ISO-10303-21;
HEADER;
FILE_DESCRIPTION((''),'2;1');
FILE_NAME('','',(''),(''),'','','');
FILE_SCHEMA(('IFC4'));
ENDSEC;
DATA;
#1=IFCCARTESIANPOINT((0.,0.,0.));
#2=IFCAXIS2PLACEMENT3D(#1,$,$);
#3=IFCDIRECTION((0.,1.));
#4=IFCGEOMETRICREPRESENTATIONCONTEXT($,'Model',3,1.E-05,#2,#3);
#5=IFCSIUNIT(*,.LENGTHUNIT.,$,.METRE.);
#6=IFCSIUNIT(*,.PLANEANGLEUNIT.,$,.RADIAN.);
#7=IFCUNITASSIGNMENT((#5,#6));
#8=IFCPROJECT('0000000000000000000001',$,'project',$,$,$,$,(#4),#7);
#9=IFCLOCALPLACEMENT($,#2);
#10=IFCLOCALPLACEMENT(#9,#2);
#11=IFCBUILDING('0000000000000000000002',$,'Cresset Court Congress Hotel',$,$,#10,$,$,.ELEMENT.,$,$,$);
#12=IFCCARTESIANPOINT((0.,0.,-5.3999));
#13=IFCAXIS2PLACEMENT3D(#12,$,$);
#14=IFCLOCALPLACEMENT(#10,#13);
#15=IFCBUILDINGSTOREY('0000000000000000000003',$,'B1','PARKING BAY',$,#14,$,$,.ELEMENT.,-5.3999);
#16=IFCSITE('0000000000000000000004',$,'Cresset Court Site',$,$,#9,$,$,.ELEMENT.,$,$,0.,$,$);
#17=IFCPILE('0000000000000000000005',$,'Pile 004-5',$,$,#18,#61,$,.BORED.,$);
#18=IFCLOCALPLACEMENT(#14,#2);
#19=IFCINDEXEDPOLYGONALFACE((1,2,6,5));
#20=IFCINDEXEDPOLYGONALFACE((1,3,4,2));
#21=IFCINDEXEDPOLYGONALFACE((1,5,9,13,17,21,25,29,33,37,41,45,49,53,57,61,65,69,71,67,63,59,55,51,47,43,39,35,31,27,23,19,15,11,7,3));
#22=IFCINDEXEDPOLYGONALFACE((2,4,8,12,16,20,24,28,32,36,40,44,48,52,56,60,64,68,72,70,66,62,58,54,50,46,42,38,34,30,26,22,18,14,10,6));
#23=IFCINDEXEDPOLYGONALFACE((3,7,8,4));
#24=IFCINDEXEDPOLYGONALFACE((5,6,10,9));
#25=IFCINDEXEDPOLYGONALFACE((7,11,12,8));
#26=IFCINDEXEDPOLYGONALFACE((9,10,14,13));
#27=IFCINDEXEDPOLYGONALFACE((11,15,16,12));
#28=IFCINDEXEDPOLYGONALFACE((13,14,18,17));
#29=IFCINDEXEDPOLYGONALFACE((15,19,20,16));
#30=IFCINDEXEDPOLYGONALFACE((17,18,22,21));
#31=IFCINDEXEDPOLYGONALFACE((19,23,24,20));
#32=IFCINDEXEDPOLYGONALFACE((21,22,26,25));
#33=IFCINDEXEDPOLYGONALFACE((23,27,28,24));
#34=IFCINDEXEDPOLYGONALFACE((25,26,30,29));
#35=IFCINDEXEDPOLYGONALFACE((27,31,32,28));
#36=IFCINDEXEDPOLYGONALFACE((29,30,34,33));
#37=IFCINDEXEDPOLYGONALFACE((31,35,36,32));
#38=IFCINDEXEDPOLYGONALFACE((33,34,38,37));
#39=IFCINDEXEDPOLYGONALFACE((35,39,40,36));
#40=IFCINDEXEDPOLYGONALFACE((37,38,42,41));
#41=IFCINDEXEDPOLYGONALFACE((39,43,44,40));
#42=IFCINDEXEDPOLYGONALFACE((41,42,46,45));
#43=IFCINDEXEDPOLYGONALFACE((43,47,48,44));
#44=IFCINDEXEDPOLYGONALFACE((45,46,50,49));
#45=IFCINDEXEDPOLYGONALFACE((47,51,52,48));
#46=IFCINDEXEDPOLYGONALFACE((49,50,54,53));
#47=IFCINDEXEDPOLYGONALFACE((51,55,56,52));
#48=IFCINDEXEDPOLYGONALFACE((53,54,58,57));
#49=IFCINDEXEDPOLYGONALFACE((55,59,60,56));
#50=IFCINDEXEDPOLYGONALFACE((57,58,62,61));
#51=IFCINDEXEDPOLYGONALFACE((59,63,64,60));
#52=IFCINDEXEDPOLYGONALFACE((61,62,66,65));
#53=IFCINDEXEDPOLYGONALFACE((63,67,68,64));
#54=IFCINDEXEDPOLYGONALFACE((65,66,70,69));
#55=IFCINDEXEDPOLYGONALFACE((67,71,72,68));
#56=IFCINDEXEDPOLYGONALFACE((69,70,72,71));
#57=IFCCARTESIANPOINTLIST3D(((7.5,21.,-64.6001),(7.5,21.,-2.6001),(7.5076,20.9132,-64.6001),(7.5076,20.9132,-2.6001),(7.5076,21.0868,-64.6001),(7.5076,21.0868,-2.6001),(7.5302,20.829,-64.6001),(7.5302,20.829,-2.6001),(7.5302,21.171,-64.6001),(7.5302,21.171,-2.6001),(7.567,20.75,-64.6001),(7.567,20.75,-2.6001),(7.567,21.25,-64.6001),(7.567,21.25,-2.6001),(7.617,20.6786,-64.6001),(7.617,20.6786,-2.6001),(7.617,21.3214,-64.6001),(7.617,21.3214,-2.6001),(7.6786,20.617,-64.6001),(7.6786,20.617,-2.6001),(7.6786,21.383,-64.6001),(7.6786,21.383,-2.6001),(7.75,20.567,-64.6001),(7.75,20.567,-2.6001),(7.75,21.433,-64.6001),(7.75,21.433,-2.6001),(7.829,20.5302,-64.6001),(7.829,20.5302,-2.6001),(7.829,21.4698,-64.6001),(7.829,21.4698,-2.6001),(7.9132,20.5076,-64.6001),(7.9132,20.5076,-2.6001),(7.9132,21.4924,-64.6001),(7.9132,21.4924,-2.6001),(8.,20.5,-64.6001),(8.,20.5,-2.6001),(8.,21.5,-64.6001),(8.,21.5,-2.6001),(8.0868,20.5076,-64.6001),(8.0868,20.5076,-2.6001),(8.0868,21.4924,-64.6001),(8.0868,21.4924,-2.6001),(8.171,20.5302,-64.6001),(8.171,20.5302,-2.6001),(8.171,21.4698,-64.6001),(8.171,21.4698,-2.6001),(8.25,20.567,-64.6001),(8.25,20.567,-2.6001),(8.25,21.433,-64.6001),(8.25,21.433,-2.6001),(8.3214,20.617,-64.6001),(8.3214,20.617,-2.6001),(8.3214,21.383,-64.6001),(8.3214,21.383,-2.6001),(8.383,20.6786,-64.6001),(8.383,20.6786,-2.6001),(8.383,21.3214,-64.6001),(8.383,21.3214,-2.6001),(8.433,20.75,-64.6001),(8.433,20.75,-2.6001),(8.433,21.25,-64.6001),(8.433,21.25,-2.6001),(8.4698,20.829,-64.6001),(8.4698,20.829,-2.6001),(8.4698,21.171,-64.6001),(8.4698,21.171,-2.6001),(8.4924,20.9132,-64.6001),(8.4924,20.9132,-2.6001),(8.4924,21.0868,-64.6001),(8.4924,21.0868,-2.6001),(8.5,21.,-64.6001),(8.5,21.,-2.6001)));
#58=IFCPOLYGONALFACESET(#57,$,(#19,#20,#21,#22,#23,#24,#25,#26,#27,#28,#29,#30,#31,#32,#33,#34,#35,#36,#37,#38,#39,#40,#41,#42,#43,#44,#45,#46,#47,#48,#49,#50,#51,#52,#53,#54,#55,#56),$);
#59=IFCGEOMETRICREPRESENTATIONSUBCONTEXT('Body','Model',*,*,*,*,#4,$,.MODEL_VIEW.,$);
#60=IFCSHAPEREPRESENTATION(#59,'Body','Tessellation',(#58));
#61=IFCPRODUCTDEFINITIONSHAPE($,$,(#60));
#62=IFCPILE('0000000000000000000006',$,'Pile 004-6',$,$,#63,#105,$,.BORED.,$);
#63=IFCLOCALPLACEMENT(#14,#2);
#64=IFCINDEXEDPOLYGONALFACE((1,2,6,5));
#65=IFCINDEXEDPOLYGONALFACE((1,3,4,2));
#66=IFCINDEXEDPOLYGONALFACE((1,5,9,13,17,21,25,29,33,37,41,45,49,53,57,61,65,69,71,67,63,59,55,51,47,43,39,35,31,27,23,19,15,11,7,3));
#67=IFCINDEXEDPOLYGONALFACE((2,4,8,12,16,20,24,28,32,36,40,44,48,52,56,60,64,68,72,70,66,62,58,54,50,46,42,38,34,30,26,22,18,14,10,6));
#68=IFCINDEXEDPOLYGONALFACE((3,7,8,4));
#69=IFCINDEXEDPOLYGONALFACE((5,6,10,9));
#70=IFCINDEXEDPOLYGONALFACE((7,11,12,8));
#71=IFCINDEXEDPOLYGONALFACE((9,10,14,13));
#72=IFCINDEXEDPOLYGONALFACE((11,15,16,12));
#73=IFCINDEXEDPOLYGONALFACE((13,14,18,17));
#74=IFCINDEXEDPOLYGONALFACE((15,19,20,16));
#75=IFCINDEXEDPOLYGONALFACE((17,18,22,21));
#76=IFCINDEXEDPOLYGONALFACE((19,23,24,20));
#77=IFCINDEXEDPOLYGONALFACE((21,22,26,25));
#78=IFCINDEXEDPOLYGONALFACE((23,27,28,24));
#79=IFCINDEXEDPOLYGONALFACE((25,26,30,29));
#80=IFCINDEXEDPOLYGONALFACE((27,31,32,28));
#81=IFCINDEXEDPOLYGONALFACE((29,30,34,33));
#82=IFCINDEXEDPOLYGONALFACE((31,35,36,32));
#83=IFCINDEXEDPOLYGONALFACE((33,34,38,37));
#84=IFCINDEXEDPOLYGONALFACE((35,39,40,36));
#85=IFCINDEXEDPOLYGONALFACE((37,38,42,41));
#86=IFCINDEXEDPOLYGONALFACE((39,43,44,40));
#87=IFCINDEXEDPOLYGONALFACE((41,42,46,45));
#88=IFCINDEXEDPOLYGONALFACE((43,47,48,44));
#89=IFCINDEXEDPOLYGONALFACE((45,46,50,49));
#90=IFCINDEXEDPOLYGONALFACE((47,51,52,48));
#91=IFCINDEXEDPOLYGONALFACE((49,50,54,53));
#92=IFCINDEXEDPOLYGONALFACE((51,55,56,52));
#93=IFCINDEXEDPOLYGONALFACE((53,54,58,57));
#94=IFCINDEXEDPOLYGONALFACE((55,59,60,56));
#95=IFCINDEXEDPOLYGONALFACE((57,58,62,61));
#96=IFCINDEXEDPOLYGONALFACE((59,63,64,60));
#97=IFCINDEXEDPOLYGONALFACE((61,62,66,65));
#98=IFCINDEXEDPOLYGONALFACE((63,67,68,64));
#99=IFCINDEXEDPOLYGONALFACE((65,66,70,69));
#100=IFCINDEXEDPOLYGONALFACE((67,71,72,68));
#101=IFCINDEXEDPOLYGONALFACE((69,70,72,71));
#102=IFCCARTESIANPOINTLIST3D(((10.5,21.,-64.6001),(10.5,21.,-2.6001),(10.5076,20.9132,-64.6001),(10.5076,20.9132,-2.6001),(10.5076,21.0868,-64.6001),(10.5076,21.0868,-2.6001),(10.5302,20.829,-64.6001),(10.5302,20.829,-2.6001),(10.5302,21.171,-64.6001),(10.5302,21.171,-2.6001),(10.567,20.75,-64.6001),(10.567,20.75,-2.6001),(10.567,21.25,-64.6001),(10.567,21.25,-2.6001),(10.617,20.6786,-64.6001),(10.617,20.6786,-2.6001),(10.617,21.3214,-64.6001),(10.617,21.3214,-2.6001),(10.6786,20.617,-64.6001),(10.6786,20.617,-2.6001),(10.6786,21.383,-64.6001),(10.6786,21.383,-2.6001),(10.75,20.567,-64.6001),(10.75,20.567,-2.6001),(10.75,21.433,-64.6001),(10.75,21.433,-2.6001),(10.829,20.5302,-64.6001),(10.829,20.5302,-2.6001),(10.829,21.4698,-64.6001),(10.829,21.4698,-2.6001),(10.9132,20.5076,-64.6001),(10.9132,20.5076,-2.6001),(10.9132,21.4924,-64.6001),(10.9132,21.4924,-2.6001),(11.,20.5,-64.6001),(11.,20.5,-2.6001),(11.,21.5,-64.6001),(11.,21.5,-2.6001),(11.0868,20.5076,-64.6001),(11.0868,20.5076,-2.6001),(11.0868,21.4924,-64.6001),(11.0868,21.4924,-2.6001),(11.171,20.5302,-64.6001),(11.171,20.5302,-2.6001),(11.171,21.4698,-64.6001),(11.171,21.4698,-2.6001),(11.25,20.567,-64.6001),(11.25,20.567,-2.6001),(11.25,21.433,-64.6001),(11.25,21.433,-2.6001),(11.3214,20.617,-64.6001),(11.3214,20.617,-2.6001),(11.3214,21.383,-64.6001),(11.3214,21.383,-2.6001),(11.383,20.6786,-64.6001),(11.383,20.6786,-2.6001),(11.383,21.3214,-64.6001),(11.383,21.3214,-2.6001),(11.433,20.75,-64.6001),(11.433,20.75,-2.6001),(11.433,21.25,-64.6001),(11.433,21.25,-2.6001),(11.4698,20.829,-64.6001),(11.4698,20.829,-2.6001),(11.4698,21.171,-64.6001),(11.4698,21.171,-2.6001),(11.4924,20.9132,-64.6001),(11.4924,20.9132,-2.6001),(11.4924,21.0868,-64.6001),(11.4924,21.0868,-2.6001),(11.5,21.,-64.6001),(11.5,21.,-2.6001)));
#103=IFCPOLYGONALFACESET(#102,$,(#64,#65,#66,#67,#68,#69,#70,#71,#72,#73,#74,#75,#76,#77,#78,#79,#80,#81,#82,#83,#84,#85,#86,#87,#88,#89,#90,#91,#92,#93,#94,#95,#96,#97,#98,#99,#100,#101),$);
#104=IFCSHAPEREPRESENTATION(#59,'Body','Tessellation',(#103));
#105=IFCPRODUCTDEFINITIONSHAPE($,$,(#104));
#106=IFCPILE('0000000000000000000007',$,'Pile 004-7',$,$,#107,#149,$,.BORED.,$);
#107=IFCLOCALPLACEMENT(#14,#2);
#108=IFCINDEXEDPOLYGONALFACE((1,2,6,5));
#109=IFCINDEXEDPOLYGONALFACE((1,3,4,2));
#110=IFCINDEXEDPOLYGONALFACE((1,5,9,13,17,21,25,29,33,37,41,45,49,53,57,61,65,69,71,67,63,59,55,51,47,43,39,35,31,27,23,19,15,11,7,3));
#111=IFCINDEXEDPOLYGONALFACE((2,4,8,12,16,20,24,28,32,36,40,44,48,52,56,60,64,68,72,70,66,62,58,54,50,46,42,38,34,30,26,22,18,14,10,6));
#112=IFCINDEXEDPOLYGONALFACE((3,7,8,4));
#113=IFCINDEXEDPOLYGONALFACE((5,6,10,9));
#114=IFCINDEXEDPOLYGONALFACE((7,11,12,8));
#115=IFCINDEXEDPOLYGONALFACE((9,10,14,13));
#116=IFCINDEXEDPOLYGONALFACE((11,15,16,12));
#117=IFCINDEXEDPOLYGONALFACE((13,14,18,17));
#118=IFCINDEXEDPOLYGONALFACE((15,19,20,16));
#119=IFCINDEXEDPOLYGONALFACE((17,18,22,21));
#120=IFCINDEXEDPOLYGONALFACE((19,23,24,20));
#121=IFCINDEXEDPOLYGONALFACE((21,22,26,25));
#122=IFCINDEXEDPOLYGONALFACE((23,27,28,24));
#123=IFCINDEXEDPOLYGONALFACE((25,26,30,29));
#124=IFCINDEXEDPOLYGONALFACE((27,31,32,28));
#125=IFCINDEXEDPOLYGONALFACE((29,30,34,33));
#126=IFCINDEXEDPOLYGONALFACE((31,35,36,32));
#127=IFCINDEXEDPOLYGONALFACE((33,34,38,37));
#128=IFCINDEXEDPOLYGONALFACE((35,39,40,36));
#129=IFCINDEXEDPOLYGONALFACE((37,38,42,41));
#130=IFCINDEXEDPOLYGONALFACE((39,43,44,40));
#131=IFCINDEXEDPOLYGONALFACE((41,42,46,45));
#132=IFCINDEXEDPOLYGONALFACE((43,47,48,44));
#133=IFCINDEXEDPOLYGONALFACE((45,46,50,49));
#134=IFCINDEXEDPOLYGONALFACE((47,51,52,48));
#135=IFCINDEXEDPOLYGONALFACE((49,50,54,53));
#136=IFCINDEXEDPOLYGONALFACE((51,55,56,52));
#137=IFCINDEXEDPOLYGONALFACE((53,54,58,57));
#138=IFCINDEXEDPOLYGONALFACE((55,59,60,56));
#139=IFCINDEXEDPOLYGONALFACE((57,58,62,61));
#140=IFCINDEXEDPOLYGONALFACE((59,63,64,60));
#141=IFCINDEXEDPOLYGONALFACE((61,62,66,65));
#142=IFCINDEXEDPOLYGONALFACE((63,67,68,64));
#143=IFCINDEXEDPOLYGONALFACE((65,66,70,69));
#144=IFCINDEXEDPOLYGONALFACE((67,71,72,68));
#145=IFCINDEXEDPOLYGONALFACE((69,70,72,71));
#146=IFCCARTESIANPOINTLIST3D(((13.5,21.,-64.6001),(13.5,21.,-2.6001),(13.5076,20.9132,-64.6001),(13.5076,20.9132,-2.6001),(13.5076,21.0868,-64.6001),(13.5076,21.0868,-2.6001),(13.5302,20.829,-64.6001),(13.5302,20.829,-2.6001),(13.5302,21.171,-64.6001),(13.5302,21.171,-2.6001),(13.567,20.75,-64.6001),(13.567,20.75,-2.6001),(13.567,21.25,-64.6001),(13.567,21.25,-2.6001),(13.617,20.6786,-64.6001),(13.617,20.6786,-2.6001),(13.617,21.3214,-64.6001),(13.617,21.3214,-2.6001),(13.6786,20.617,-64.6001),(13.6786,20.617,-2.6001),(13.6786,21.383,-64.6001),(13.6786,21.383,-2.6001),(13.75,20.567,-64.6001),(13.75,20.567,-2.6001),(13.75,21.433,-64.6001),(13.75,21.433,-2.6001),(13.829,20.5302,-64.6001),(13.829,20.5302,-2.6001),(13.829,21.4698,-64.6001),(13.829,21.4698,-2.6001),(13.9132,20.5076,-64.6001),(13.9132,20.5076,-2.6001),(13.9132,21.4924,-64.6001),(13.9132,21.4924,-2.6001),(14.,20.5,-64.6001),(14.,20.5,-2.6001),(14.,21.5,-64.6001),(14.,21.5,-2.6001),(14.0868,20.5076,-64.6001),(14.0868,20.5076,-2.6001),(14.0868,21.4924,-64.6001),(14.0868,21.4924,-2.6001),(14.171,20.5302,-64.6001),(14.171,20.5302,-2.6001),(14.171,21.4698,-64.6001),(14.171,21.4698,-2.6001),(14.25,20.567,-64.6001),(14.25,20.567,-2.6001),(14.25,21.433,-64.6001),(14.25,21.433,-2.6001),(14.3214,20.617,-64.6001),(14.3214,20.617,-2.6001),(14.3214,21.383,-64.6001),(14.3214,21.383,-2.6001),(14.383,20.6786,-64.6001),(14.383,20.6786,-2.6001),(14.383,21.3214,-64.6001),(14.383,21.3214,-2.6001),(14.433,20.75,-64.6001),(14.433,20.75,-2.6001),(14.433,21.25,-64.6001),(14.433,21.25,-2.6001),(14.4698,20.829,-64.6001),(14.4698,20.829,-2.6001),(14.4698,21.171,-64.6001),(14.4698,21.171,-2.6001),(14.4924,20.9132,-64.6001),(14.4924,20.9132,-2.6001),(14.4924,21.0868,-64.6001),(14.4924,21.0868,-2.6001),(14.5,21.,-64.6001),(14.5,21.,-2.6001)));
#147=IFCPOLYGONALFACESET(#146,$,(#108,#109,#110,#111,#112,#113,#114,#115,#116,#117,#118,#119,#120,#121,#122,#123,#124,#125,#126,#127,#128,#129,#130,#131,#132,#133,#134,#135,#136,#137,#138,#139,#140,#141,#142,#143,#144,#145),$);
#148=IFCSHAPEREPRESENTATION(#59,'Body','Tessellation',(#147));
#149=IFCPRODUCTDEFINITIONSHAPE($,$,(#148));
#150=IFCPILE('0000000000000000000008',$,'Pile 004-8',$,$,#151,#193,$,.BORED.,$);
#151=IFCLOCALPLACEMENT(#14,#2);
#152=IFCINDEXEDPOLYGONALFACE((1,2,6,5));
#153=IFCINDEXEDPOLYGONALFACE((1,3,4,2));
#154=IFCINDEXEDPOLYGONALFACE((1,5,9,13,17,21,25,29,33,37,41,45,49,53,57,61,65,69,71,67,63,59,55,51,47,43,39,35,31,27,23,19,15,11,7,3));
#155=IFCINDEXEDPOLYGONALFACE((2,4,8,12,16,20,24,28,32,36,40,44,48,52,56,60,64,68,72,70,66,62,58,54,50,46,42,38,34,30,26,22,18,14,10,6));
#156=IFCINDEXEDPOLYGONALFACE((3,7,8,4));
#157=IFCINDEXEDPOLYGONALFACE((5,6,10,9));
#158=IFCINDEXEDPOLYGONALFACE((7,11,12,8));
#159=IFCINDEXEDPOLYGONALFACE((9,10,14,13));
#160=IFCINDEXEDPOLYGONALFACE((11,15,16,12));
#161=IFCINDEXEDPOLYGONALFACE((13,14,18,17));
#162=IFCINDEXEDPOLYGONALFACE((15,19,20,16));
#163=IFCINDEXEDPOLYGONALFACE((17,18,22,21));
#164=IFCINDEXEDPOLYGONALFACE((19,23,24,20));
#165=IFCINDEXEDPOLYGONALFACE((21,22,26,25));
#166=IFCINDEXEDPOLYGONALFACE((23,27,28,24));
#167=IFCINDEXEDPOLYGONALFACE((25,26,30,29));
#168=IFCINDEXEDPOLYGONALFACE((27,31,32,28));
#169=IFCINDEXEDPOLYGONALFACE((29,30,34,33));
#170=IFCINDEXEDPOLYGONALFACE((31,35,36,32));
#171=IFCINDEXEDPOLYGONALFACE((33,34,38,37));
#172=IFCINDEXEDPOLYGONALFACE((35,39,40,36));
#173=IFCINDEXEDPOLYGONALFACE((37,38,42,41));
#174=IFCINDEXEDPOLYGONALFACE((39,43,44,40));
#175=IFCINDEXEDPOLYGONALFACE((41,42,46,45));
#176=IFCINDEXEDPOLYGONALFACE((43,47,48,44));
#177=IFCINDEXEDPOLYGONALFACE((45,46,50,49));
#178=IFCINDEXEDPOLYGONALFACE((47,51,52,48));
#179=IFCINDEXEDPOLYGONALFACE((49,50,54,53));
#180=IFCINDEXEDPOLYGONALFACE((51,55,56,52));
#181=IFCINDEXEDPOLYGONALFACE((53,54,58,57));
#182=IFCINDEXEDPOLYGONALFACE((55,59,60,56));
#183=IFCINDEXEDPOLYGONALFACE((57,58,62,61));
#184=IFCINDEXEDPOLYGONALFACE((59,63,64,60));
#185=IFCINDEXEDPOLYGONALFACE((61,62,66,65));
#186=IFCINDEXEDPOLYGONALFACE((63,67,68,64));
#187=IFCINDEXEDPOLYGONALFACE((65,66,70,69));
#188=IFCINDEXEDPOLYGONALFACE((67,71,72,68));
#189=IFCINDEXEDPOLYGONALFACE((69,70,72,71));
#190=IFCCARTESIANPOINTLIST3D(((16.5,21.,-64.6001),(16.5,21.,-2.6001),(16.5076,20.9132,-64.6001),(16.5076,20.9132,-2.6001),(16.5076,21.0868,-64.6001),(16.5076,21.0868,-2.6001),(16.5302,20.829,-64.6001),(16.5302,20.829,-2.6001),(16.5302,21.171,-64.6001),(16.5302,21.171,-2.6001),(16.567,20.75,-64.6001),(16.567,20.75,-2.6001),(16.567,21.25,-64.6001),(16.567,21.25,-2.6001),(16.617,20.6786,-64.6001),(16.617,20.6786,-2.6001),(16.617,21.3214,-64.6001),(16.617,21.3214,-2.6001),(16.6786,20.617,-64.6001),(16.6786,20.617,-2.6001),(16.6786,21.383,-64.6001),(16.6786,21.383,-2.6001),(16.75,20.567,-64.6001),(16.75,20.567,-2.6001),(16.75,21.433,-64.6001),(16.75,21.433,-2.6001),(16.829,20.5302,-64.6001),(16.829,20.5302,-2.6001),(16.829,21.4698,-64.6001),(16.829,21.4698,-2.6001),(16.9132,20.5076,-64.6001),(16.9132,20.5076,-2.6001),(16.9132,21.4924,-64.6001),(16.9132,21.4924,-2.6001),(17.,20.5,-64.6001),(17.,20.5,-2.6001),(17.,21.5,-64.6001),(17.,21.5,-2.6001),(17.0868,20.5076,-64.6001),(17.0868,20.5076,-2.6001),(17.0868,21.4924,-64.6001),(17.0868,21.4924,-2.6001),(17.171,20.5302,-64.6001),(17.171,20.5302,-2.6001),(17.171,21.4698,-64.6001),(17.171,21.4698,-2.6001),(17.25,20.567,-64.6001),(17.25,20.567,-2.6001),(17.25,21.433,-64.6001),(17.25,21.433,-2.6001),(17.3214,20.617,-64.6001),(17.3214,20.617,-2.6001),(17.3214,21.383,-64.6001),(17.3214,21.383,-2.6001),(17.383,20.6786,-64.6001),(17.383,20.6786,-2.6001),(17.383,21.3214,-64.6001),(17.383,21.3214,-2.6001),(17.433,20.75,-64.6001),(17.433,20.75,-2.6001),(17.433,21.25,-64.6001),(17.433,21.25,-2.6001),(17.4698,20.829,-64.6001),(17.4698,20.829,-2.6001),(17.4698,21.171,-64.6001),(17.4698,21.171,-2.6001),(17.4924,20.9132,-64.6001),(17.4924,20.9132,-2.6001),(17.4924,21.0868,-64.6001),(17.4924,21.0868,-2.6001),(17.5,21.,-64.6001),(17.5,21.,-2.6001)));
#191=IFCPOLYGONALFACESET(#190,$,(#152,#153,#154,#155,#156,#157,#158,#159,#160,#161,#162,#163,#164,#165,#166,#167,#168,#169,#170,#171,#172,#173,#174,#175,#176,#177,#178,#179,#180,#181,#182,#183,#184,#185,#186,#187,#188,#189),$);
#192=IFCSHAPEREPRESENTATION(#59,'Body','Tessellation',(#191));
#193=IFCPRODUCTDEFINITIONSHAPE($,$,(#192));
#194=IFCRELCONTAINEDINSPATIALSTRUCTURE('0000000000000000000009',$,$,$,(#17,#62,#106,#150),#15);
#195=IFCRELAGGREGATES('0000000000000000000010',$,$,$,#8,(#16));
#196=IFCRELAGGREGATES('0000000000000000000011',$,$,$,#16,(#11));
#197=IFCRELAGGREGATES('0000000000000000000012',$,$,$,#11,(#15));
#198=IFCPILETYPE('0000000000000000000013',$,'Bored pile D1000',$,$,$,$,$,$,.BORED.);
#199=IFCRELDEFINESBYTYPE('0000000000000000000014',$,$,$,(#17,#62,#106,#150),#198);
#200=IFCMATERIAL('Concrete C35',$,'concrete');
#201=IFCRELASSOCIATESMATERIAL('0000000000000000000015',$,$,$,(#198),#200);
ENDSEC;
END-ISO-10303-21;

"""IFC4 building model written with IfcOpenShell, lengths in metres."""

from ifc_helpers import new_model, si_unit, direction, frame, origin, origin_2d, place, context, subcontext, project, spatial, circle, extrude, material, type_object, element, save


model = new_model("IFC4")

# Units and contexts
model_context = context("Model", 3, precision=1e-05, world=origin(), true_north=direction((0.0, 1.0)))
body_context = subcontext(model_context, "Body", "Model", "MODEL_VIEW")
ifc_project = project(units=[si_unit("LENGTHUNIT", "METRE"), si_unit("PLANEANGLEUNIT", "RADIAN")], contexts=[model_context])

# Site, building, storey
site_placement = place(None, origin())
site = spatial("IfcSite", under=ifc_project, at=site_placement, Name="Cresset Court Site", CompositionType="ELEMENT", RefElevation=0.0)
building_placement = place(site_placement, origin())
building = spatial("IfcBuilding", under=site, at=building_placement, Name="Cresset Court Congress Hotel", CompositionType="ELEMENT")
storey_placement = place(building_placement, frame((0.0, 0.0, -5.3999)))
storey = spatial("IfcBuildingStorey", under=building, at=storey_placement, Name="B1", Description="PARKING BAY", CompositionType="ELEMENT", Elevation=-5.3999)

# Piles
ifc_material_1 = material(Name="Concrete C35", Category="concrete")
pile_type = type_object("IfcPileType", Name="Bored pile D1000", PredefinedType="BORED", material=ifc_material_1)
for number, where, z_axis, x_axis, name in (
    (1, (8.0, 21.0, -2.6001), (0.0, 0.0, -1.0), (1.0, 0.0, 0.0), "Pile 004-5"),
    (2, (11.0, 21.0, -2.6001), (0.0, 0.0, -1.0), (1.0, 0.0, 0.0), "Pile 004-6"),
    (3, (14.0, 21.0, -2.6001), (0.0, 0.0, -1.0), (1.0, 0.0, 0.0), "Pile 004-7"),
    (4, (17.0, 21.0, -2.6001), (0.0, 0.0, -1.0), (1.0, 0.0, 0.0), "Pile 004-8"),
):
    element("IfcPile", number, at=place(storey_placement, frame(where, z_axis=z_axis, x_axis=x_axis)), inside=storey, type_object=pile_type, Name=name, PredefinedType="BORED", context=body_context, shape_type="SweptSolid", body=[
        extrude(circle(Radius=0.5, at=origin_2d()), origin(), (0.0, 0.0, 1.0), 62.0),
    ])

save(model, "model.ifc")
